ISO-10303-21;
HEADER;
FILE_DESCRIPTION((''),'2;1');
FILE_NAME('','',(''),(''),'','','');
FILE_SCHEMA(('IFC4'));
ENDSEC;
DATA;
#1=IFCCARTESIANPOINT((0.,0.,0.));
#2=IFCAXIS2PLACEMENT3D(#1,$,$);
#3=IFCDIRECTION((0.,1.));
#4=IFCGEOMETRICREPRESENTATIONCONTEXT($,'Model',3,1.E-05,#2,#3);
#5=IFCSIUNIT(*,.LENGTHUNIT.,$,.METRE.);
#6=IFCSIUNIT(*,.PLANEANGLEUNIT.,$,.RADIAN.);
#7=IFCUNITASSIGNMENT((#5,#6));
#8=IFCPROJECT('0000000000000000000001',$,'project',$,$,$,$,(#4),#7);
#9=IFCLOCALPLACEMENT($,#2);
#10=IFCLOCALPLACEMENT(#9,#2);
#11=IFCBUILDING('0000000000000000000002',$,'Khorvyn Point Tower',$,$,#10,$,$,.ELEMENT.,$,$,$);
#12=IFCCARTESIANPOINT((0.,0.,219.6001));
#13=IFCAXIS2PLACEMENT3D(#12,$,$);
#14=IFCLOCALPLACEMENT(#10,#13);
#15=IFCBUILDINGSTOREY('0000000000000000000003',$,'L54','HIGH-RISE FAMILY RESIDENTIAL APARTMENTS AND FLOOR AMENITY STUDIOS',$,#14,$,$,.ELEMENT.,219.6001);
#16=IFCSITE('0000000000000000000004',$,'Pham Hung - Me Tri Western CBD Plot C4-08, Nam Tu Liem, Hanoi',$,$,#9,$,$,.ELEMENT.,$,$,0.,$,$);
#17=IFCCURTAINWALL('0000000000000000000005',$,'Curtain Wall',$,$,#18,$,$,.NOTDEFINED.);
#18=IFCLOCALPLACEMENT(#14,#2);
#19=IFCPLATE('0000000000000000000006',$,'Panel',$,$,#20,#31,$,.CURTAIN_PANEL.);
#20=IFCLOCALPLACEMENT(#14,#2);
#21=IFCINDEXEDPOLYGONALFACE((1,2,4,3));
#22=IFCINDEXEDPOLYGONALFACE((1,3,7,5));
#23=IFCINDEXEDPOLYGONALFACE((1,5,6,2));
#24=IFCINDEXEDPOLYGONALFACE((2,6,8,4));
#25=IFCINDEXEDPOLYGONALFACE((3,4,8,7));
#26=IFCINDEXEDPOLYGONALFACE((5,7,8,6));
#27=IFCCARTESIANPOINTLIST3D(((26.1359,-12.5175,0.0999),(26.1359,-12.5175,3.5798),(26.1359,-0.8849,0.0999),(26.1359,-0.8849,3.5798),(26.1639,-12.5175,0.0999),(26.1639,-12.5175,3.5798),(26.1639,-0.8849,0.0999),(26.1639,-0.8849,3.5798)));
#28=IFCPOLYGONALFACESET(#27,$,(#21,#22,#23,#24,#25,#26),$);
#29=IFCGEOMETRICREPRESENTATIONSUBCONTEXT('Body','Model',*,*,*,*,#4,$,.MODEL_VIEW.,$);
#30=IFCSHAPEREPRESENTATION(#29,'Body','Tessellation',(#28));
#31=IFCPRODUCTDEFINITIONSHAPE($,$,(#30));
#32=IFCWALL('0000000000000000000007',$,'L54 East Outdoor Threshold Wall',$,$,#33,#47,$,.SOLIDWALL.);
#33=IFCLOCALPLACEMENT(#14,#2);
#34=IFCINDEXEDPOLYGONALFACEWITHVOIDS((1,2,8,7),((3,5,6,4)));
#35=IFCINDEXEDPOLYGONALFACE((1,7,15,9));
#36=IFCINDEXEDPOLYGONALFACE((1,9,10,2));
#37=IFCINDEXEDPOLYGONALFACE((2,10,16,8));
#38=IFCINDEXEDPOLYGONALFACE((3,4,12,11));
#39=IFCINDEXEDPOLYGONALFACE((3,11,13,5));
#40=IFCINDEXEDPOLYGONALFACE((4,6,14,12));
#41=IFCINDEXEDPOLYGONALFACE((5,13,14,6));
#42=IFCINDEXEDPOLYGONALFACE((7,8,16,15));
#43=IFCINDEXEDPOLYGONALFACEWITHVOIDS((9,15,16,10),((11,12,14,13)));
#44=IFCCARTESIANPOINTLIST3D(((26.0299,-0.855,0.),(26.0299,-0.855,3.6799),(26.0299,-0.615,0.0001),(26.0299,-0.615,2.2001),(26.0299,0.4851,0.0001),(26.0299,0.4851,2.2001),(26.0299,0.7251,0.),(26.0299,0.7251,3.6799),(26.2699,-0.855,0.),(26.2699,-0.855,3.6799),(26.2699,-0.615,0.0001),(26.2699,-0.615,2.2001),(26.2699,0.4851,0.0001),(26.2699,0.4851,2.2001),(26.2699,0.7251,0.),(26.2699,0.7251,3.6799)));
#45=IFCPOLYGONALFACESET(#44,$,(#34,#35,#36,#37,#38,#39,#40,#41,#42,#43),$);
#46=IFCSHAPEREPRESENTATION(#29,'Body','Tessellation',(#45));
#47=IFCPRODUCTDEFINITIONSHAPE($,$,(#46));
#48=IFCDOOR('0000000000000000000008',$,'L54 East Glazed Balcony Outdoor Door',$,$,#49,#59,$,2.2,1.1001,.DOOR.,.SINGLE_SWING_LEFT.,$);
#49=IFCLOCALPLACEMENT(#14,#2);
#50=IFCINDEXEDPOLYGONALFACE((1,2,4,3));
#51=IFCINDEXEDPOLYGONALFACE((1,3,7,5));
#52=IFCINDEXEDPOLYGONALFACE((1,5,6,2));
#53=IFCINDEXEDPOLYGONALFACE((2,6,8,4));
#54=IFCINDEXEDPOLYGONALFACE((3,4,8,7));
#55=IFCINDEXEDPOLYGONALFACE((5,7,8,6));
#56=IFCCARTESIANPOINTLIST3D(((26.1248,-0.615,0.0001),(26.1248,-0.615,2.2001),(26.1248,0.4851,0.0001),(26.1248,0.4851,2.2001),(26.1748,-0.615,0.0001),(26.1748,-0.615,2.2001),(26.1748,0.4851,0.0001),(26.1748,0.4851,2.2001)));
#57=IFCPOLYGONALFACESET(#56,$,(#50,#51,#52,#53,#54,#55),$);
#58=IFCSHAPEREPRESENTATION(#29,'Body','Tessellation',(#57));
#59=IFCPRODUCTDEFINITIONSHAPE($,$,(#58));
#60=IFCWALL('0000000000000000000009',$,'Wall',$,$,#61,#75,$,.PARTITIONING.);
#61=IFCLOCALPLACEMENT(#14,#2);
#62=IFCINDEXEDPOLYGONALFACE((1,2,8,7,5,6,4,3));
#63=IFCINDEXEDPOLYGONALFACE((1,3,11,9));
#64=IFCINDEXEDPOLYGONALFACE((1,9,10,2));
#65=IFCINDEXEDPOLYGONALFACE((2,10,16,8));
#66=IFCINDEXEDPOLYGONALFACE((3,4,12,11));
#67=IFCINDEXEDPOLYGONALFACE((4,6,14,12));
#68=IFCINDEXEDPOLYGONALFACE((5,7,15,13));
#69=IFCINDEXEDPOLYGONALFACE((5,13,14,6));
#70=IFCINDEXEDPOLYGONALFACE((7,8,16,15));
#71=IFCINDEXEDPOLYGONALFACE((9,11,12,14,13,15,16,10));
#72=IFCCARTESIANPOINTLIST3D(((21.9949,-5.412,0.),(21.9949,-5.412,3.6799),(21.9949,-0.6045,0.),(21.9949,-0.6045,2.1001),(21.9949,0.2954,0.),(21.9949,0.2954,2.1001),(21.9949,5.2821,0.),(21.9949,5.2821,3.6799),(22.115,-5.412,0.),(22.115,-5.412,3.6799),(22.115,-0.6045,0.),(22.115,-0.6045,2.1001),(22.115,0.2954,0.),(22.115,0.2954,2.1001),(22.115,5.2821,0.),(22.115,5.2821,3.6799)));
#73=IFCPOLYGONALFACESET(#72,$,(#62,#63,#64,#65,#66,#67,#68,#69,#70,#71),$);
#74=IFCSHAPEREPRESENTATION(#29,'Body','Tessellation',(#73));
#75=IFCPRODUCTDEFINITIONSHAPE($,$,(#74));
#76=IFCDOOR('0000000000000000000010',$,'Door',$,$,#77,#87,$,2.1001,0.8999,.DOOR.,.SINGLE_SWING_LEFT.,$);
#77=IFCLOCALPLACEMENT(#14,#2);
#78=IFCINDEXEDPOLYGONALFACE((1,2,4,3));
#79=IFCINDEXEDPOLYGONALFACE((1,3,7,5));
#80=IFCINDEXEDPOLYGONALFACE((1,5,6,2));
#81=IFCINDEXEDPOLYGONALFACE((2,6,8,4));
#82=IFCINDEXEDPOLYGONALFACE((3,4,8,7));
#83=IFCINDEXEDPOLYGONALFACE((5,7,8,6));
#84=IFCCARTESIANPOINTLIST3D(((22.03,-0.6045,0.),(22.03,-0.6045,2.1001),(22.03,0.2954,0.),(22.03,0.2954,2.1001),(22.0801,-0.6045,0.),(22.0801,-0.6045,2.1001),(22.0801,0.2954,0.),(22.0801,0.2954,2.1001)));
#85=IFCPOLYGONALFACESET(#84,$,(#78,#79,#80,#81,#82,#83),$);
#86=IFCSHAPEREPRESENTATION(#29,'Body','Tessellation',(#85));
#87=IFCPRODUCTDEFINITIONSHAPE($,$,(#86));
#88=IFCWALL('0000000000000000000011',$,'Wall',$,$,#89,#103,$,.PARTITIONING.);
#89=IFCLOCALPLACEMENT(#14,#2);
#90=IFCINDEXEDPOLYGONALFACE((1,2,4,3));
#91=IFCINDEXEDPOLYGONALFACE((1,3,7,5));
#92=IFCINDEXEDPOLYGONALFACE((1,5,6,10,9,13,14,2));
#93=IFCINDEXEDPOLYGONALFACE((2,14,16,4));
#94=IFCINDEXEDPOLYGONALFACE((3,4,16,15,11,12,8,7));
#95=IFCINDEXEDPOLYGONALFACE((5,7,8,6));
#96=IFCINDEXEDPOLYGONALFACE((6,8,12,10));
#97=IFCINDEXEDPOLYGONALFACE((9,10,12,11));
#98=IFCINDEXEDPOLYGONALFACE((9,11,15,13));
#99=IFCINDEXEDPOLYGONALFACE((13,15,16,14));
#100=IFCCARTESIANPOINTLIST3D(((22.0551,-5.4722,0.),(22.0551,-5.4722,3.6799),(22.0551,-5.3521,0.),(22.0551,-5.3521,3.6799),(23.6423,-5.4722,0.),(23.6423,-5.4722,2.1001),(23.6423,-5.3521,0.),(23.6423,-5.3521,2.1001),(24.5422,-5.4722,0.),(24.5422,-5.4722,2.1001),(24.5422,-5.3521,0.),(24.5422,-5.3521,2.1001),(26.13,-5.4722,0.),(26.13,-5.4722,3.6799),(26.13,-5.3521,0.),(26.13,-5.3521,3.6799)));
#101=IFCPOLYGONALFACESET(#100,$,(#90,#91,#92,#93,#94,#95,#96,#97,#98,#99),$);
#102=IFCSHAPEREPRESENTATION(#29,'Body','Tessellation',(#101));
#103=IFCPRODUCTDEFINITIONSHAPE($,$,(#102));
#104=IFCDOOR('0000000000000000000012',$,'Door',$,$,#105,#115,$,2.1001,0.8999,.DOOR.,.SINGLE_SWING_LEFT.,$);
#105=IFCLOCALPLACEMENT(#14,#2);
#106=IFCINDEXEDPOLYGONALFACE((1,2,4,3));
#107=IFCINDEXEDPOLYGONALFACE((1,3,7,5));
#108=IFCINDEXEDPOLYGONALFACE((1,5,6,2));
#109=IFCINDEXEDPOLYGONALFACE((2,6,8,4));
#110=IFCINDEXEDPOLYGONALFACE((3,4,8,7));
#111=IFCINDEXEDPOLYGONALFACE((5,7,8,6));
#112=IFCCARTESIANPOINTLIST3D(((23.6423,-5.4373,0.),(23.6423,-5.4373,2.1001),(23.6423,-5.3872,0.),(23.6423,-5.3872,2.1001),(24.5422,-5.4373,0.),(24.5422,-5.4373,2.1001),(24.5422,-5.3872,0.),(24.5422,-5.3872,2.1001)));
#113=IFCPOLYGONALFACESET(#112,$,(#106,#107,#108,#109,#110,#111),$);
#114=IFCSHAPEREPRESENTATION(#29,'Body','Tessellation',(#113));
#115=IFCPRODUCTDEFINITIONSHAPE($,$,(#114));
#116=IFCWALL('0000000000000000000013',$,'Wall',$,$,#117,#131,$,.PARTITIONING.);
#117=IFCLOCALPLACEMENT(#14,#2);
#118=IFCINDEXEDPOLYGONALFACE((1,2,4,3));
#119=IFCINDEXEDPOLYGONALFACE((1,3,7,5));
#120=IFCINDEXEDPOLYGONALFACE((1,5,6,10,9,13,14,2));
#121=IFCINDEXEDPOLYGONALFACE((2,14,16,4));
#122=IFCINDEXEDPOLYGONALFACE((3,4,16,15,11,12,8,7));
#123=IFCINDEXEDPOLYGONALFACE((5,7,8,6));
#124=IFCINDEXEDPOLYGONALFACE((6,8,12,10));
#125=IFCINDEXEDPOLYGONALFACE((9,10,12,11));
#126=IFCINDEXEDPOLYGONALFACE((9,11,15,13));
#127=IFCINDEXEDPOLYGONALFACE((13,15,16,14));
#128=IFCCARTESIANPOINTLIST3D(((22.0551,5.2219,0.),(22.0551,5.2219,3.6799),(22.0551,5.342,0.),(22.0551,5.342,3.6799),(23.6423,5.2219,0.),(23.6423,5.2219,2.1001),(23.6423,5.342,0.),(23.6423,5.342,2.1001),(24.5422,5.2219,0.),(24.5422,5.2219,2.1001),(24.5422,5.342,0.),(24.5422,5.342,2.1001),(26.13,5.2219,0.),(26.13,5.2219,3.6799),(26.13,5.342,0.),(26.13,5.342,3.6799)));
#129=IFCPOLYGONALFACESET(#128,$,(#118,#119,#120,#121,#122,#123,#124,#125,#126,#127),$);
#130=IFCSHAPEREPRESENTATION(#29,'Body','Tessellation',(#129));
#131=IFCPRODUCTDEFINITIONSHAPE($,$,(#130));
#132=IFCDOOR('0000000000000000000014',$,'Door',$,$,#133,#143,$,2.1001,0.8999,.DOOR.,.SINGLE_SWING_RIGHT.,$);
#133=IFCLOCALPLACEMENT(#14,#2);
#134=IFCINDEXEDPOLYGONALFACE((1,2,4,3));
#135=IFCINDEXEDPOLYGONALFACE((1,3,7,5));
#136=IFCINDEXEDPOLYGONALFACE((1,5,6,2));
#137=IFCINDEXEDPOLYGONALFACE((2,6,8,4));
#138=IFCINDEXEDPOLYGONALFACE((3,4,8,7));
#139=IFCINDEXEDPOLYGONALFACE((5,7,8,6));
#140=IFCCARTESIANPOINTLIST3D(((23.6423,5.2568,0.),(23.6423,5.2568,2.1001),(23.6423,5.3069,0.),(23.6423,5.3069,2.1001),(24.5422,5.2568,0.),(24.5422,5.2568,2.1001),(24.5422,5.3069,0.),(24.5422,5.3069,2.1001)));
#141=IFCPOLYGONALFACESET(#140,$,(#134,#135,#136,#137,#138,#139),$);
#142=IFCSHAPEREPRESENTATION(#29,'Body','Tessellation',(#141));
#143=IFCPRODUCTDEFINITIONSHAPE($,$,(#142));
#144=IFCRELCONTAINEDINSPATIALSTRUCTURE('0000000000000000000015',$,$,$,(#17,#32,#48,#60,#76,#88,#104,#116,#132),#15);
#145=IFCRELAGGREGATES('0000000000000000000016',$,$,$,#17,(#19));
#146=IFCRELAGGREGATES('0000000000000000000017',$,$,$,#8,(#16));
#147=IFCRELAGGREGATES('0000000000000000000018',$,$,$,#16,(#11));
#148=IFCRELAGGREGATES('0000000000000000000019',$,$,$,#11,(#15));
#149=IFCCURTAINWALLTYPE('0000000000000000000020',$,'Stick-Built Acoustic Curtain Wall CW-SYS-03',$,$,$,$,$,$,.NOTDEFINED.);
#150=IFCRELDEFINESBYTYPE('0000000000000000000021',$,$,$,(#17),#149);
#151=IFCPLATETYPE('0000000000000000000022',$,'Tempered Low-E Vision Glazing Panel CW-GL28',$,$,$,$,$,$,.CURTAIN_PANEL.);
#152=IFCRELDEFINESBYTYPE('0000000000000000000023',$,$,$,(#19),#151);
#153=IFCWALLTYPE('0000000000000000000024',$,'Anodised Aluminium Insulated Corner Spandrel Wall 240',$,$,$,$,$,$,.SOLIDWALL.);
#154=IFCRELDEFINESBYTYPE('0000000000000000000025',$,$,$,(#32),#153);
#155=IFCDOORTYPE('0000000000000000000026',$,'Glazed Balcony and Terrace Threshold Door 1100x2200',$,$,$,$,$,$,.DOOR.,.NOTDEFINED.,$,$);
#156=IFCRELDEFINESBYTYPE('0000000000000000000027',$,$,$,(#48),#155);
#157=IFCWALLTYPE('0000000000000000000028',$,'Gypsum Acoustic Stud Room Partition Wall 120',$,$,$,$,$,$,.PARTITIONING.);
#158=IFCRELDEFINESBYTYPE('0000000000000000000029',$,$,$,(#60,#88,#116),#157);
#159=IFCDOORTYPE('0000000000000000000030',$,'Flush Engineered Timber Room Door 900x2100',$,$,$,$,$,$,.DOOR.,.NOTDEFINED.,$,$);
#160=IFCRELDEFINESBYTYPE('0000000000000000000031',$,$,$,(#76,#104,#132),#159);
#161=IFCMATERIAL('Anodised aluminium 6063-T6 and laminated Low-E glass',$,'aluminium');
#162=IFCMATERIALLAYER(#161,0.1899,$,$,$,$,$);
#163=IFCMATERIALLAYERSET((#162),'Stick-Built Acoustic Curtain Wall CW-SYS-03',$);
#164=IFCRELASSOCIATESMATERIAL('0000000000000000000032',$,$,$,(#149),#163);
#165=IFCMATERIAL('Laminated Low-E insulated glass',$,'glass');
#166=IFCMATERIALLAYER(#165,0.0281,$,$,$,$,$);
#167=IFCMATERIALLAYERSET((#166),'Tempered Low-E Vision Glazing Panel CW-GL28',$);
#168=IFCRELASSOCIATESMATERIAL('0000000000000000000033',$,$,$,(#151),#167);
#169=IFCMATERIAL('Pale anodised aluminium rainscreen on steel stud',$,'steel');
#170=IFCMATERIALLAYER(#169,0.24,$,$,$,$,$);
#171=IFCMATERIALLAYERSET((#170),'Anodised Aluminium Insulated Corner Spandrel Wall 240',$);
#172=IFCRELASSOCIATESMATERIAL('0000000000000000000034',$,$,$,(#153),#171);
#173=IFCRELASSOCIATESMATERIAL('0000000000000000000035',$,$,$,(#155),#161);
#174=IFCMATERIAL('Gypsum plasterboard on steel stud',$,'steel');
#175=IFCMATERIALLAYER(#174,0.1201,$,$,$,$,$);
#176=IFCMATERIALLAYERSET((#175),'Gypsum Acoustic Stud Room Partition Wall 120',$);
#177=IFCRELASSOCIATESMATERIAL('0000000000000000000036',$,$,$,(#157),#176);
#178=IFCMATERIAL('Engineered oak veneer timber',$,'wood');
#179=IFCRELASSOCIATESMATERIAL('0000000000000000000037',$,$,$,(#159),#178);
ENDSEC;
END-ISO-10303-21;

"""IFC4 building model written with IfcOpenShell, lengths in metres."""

from ifc_helpers import new_model, si_unit, direction, frame, frame_2d, origin, origin_2d, place, context, subcontext, project, spatial, rectangle, extrude, material, layer, layer_set, type_object, element, fill, aggregate, save


model = new_model("IFC4")

# Units and contexts
model_context = context("Model", 3, precision=1e-05, world=origin(), true_north=direction((0.0, 1.0)))
body_context = subcontext(model_context, "Body", "Model", "MODEL_VIEW")
ifc_project = project(units=[si_unit("LENGTHUNIT", "METRE"), si_unit("PLANEANGLEUNIT", "RADIAN")], contexts=[model_context])

# Site, building, storey
site_placement = place(None, origin())
site = spatial("IfcSite", under=ifc_project, at=site_placement, Name="Pham Hung - Me Tri Western CBD Plot C4-08, Nam Tu Liem, Hanoi", CompositionType="ELEMENT", RefElevation=0.0)
building_placement = place(site_placement, origin())
building = spatial("IfcBuilding", under=site, at=building_placement, Name="Khorvyn Point Tower", CompositionType="ELEMENT")
storey_placement = place(building_placement, frame((0.0, 0.0, 219.6001)))
storey = spatial("IfcBuildingStorey", under=building, at=storey_placement, Name="L54", Description="HIGH-RISE FAMILY RESIDENTIAL APARTMENTS AND FLOOR AMENITY STUDIOS", CompositionType="ELEMENT", Elevation=219.6001)

# Shared definitions
ifc_material_1 = material(Name="Anodised aluminium 6063-T6 and laminated Low-E glass", Category="aluminium")
ifc_layer_1 = layer(ifc_material_1, 0.1899)
ifc_layer_set_1 = layer_set([ifc_layer_1], Name="Stick-Built Acoustic Curtain Wall CW-SYS-03")
curtain_wall_type = type_object("IfcCurtainWallType", Name="Stick-Built Acoustic Curtain Wall CW-SYS-03", PredefinedType="NOTDEFINED", material=ifc_layer_set_1)

# Curtain wall
curtain_wall_1_placement = place(storey_placement, origin())
curtain_wall_1 = element("IfcCurtainWall", 1, at=curtain_wall_1_placement, inside=storey, type_object=curtain_wall_type, Name="Curtain Wall", PredefinedType="NOTDEFINED")

# Plate
ifc_material_2 = material(Name="Laminated Low-E insulated glass", Category="glass")
ifc_layer_2 = layer(ifc_material_2, 0.0281)
ifc_layer_set_2 = layer_set([ifc_layer_2], Name="Tempered Low-E Vision Glazing Panel CW-GL28")
plate_type = type_object("IfcPlateType", Name="Tempered Low-E Vision Glazing Panel CW-GL28", PredefinedType="CURTAIN_PANEL", material=ifc_layer_set_2)
plate_placement = place(storey_placement, frame((26.1499, -6.7012, 0.0999), z_axis=(0.0, 0.0, 1.0), x_axis=(0.0, -1.0, 0.0)))
plate = element("IfcPlate", 2, at=plate_placement, type_object=plate_type, Name="Panel", PredefinedType="CURTAIN_PANEL", context=body_context, shape_type="SweptSolid", body=[
    extrude(rectangle(XDim=11.6326, YDim=0.0281, at=origin_2d()), origin(), (0.0, 0.0, 1.0), 3.48),
])
aggregate(curtain_wall_1, [plate])

# Walls, openings, doors
ifc_material_3 = material(Name="Pale anodised aluminium rainscreen on steel stud", Category="steel")
ifc_layer_3 = layer(ifc_material_3, 0.24)
ifc_layer_set_3 = layer_set([ifc_layer_3], Name="Anodised Aluminium Insulated Corner Spandrel Wall 240")
wall_type_1 = type_object("IfcWallType", Name="Anodised Aluminium Insulated Corner Spandrel Wall 240", PredefinedType="SOLIDWALL", material=ifc_layer_set_3)
wall_1_placement = place(storey_placement, frame((26.1499, 0.7251, 0.0), z_axis=(0.0, 0.0, 1.0), x_axis=(0.0, -1.0, 0.0)))
wall_1 = element("IfcWall", 3, at=wall_1_placement, inside=storey, type_object=wall_type_1, Name="L54 East Outdoor Threshold Wall", PredefinedType="SOLIDWALL", context=body_context, shape_type="SweptSolid", body=[
    extrude(rectangle(XDim=1.5801, YDim=0.24, at=frame_2d((0.79, 0.0))), origin(), (0.0, 0.0, 1.0), 3.6799),
])
opening_1_placement = place(wall_1_placement, frame((0.24, 0.0, 0.0)))
opening_1 = element("IfcOpeningElement", 4, at=opening_1_placement, cuts=wall_1, PredefinedType="OPENING", context=body_context, shape_type="SweptSolid", body=[
    extrude(rectangle(XDim=1.1001, YDim=2.2, at=frame_2d((0.55, 1.1001))), frame((0.0, 0.1299, 0.0), z_axis=(0.0, -1.0, 0.0), x_axis=(1.0, 0.0, 0.0)), (0.0, 0.0, 1.0), 0.26),
])
door_type_1 = type_object("IfcDoorType", Name="Glazed Balcony and Terrace Threshold Door 1100x2200", OperationType="NOTDEFINED", PredefinedType="DOOR", material=ifc_material_1)
door_1_placement = place(opening_1_placement, origin())
door_1 = element("IfcDoor", 5, at=door_1_placement, inside=storey, type_object=door_type_1, Name="L54 East Glazed Balcony Outdoor Door", OperationType="SINGLE_SWING_LEFT", OverallHeight=2.2, OverallWidth=1.1001, PredefinedType="DOOR", context=body_context, shape_type="SweptSolid", body=[
    extrude(rectangle(XDim=1.1001, YDim=2.2, at=frame_2d((0.55, 1.1001))), frame((0.0, 0.0249, 0.0), z_axis=(0.0, -1.0, 0.0), x_axis=(1.0, 0.0, 0.0)), (0.0, 0.0, 1.0), 0.05),
])
fill(opening_1, door_1)
ifc_material_4 = material(Name="Gypsum plasterboard on steel stud", Category="steel")
ifc_layer_4 = layer(ifc_material_4, 0.1201)
ifc_layer_set_4 = layer_set([ifc_layer_4], Name="Gypsum Acoustic Stud Room Partition Wall 120")
wall_type_2 = type_object("IfcWallType", Name="Gypsum Acoustic Stud Room Partition Wall 120", PredefinedType="PARTITIONING", material=ifc_layer_set_4)
wall_2_placement = place(storey_placement, frame((22.0549, -5.4121, 0.0), z_axis=(0.0, 0.0, 1.0), x_axis=(0.0, 1.0, 0.0)))
wall_2 = element("IfcWall", 6, at=wall_2_placement, inside=storey, type_object=wall_type_2, Name="Wall", PredefinedType="PARTITIONING", context=body_context, shape_type="SweptSolid", body=[
    extrude(rectangle(XDim=10.6941, YDim=0.1201, at=frame_2d((5.3472, 0.0))), origin(), (0.0, 0.0, 1.0), 3.6799),
])
opening_2_placement = place(wall_2_placement, frame((4.8076, 0.0, 0.0)))
opening_2 = element("IfcOpeningElement", 7, at=opening_2_placement, cuts=wall_2, PredefinedType="OPENING", context=body_context, shape_type="SweptSolid", body=[
    extrude(rectangle(XDim=0.8999, YDim=2.1001, at=frame_2d((0.45, 1.05))), frame((0.0, 0.0701, 0.0), z_axis=(0.0, -1.0, 0.0), x_axis=(1.0, 0.0, 0.0)), (0.0, 0.0, 1.0), 0.1401),
])
ifc_material_5 = material(Name="Engineered oak veneer timber", Category="wood")
door_type_2 = type_object("IfcDoorType", Name="Flush Engineered Timber Room Door 900x2100", OperationType="NOTDEFINED", PredefinedType="DOOR", material=ifc_material_5)
door_2_placement = place(opening_2_placement, origin())
door_2 = element("IfcDoor", 8, at=door_2_placement, inside=storey, type_object=door_type_2, Name="Door", OperationType="SINGLE_SWING_LEFT", OverallHeight=2.1001, OverallWidth=0.8999, PredefinedType="DOOR", context=body_context, shape_type="SweptSolid", body=[
    extrude(rectangle(XDim=0.8999, YDim=2.1001, at=frame_2d((0.45, 1.05))), frame((0.0, 0.0249, 0.0), z_axis=(0.0, -1.0, 0.0), x_axis=(1.0, 0.0, 0.0)), (0.0, 0.0, 1.0), 0.05),
])
fill(opening_2, door_2)
wall_3_placement = place(storey_placement, frame((22.0549, -5.4121, 0.0), z_axis=(0.0, 0.0, 1.0), x_axis=(1.0, 0.0, 0.0)))
wall_3 = element("IfcWall", 9, at=wall_3_placement, inside=storey, type_object=wall_type_2, Name="Wall", PredefinedType="PARTITIONING", context=body_context, shape_type="SweptSolid", body=[
    extrude(rectangle(XDim=4.075, YDim=0.1201, at=frame_2d((2.0376, 0.0))), origin(), (0.0, 0.0, 1.0), 3.6799),
])
opening_3_placement = place(wall_3_placement, frame((1.5874, 0.0, 0.0)))
opening_3 = element("IfcOpeningElement", 10, at=opening_3_placement, cuts=wall_3, PredefinedType="OPENING", context=body_context, shape_type="SweptSolid", body=[
    extrude(rectangle(XDim=0.8999, YDim=2.1001, at=frame_2d((0.45, 1.05))), frame((0.0, 0.0701, 0.0), z_axis=(0.0, -1.0, 0.0), x_axis=(1.0, 0.0, 0.0)), (0.0, 0.0, 1.0), 0.1401),
])
door_3_placement = place(opening_3_placement, origin())
door_3 = element("IfcDoor", 11, at=door_3_placement, inside=storey, type_object=door_type_2, Name="Door", OperationType="SINGLE_SWING_LEFT", OverallHeight=2.1001, OverallWidth=0.8999, PredefinedType="DOOR", context=body_context, shape_type="SweptSolid", body=[
    extrude(rectangle(XDim=0.8999, YDim=2.1001, at=frame_2d((0.45, 1.05))), frame((0.0, 0.0249, 0.0), z_axis=(0.0, -1.0, 0.0), x_axis=(1.0, 0.0, 0.0)), (0.0, 0.0, 1.0), 0.05),
])
fill(opening_3, door_3)
wall_4_placement = place(storey_placement, frame((22.0549, 5.282, 0.0), z_axis=(0.0, 0.0, 1.0), x_axis=(1.0, 0.0, 0.0)))
wall_4 = element("IfcWall", 12, at=wall_4_placement, inside=storey, type_object=wall_type_2, Name="Wall", PredefinedType="PARTITIONING", context=body_context, shape_type="SweptSolid", body=[
    extrude(rectangle(XDim=4.075, YDim=0.1201, at=frame_2d((2.0376, 0.0))), origin(), (0.0, 0.0, 1.0), 3.6799),
])
opening_4_placement = place(wall_4_placement, frame((1.5874, 0.0, 0.0)))
opening_4 = element("IfcOpeningElement", 13, at=opening_4_placement, cuts=wall_4, PredefinedType="OPENING", context=body_context, shape_type="SweptSolid", body=[
    extrude(rectangle(XDim=0.8999, YDim=2.1001, at=frame_2d((0.45, 1.05))), frame((0.0, 0.0701, 0.0), z_axis=(0.0, -1.0, 0.0), x_axis=(1.0, 0.0, 0.0)), (0.0, 0.0, 1.0), 0.1401),
])
door_4_placement = place(opening_4_placement, origin())
door_4 = element("IfcDoor", 14, at=door_4_placement, inside=storey, type_object=door_type_2, Name="Door", OperationType="SINGLE_SWING_RIGHT", OverallHeight=2.1001, OverallWidth=0.8999, PredefinedType="DOOR", context=body_context, shape_type="SweptSolid", body=[
    extrude(rectangle(XDim=0.8999, YDim=2.1001, at=frame_2d((0.45, 1.05))), frame((0.0, 0.0249, 0.0), z_axis=(0.0, -1.0, 0.0), x_axis=(1.0, 0.0, 0.0)), (0.0, 0.0, 1.0), 0.05),
])
fill(opening_4, door_4)

save(model, "model.ifc")
